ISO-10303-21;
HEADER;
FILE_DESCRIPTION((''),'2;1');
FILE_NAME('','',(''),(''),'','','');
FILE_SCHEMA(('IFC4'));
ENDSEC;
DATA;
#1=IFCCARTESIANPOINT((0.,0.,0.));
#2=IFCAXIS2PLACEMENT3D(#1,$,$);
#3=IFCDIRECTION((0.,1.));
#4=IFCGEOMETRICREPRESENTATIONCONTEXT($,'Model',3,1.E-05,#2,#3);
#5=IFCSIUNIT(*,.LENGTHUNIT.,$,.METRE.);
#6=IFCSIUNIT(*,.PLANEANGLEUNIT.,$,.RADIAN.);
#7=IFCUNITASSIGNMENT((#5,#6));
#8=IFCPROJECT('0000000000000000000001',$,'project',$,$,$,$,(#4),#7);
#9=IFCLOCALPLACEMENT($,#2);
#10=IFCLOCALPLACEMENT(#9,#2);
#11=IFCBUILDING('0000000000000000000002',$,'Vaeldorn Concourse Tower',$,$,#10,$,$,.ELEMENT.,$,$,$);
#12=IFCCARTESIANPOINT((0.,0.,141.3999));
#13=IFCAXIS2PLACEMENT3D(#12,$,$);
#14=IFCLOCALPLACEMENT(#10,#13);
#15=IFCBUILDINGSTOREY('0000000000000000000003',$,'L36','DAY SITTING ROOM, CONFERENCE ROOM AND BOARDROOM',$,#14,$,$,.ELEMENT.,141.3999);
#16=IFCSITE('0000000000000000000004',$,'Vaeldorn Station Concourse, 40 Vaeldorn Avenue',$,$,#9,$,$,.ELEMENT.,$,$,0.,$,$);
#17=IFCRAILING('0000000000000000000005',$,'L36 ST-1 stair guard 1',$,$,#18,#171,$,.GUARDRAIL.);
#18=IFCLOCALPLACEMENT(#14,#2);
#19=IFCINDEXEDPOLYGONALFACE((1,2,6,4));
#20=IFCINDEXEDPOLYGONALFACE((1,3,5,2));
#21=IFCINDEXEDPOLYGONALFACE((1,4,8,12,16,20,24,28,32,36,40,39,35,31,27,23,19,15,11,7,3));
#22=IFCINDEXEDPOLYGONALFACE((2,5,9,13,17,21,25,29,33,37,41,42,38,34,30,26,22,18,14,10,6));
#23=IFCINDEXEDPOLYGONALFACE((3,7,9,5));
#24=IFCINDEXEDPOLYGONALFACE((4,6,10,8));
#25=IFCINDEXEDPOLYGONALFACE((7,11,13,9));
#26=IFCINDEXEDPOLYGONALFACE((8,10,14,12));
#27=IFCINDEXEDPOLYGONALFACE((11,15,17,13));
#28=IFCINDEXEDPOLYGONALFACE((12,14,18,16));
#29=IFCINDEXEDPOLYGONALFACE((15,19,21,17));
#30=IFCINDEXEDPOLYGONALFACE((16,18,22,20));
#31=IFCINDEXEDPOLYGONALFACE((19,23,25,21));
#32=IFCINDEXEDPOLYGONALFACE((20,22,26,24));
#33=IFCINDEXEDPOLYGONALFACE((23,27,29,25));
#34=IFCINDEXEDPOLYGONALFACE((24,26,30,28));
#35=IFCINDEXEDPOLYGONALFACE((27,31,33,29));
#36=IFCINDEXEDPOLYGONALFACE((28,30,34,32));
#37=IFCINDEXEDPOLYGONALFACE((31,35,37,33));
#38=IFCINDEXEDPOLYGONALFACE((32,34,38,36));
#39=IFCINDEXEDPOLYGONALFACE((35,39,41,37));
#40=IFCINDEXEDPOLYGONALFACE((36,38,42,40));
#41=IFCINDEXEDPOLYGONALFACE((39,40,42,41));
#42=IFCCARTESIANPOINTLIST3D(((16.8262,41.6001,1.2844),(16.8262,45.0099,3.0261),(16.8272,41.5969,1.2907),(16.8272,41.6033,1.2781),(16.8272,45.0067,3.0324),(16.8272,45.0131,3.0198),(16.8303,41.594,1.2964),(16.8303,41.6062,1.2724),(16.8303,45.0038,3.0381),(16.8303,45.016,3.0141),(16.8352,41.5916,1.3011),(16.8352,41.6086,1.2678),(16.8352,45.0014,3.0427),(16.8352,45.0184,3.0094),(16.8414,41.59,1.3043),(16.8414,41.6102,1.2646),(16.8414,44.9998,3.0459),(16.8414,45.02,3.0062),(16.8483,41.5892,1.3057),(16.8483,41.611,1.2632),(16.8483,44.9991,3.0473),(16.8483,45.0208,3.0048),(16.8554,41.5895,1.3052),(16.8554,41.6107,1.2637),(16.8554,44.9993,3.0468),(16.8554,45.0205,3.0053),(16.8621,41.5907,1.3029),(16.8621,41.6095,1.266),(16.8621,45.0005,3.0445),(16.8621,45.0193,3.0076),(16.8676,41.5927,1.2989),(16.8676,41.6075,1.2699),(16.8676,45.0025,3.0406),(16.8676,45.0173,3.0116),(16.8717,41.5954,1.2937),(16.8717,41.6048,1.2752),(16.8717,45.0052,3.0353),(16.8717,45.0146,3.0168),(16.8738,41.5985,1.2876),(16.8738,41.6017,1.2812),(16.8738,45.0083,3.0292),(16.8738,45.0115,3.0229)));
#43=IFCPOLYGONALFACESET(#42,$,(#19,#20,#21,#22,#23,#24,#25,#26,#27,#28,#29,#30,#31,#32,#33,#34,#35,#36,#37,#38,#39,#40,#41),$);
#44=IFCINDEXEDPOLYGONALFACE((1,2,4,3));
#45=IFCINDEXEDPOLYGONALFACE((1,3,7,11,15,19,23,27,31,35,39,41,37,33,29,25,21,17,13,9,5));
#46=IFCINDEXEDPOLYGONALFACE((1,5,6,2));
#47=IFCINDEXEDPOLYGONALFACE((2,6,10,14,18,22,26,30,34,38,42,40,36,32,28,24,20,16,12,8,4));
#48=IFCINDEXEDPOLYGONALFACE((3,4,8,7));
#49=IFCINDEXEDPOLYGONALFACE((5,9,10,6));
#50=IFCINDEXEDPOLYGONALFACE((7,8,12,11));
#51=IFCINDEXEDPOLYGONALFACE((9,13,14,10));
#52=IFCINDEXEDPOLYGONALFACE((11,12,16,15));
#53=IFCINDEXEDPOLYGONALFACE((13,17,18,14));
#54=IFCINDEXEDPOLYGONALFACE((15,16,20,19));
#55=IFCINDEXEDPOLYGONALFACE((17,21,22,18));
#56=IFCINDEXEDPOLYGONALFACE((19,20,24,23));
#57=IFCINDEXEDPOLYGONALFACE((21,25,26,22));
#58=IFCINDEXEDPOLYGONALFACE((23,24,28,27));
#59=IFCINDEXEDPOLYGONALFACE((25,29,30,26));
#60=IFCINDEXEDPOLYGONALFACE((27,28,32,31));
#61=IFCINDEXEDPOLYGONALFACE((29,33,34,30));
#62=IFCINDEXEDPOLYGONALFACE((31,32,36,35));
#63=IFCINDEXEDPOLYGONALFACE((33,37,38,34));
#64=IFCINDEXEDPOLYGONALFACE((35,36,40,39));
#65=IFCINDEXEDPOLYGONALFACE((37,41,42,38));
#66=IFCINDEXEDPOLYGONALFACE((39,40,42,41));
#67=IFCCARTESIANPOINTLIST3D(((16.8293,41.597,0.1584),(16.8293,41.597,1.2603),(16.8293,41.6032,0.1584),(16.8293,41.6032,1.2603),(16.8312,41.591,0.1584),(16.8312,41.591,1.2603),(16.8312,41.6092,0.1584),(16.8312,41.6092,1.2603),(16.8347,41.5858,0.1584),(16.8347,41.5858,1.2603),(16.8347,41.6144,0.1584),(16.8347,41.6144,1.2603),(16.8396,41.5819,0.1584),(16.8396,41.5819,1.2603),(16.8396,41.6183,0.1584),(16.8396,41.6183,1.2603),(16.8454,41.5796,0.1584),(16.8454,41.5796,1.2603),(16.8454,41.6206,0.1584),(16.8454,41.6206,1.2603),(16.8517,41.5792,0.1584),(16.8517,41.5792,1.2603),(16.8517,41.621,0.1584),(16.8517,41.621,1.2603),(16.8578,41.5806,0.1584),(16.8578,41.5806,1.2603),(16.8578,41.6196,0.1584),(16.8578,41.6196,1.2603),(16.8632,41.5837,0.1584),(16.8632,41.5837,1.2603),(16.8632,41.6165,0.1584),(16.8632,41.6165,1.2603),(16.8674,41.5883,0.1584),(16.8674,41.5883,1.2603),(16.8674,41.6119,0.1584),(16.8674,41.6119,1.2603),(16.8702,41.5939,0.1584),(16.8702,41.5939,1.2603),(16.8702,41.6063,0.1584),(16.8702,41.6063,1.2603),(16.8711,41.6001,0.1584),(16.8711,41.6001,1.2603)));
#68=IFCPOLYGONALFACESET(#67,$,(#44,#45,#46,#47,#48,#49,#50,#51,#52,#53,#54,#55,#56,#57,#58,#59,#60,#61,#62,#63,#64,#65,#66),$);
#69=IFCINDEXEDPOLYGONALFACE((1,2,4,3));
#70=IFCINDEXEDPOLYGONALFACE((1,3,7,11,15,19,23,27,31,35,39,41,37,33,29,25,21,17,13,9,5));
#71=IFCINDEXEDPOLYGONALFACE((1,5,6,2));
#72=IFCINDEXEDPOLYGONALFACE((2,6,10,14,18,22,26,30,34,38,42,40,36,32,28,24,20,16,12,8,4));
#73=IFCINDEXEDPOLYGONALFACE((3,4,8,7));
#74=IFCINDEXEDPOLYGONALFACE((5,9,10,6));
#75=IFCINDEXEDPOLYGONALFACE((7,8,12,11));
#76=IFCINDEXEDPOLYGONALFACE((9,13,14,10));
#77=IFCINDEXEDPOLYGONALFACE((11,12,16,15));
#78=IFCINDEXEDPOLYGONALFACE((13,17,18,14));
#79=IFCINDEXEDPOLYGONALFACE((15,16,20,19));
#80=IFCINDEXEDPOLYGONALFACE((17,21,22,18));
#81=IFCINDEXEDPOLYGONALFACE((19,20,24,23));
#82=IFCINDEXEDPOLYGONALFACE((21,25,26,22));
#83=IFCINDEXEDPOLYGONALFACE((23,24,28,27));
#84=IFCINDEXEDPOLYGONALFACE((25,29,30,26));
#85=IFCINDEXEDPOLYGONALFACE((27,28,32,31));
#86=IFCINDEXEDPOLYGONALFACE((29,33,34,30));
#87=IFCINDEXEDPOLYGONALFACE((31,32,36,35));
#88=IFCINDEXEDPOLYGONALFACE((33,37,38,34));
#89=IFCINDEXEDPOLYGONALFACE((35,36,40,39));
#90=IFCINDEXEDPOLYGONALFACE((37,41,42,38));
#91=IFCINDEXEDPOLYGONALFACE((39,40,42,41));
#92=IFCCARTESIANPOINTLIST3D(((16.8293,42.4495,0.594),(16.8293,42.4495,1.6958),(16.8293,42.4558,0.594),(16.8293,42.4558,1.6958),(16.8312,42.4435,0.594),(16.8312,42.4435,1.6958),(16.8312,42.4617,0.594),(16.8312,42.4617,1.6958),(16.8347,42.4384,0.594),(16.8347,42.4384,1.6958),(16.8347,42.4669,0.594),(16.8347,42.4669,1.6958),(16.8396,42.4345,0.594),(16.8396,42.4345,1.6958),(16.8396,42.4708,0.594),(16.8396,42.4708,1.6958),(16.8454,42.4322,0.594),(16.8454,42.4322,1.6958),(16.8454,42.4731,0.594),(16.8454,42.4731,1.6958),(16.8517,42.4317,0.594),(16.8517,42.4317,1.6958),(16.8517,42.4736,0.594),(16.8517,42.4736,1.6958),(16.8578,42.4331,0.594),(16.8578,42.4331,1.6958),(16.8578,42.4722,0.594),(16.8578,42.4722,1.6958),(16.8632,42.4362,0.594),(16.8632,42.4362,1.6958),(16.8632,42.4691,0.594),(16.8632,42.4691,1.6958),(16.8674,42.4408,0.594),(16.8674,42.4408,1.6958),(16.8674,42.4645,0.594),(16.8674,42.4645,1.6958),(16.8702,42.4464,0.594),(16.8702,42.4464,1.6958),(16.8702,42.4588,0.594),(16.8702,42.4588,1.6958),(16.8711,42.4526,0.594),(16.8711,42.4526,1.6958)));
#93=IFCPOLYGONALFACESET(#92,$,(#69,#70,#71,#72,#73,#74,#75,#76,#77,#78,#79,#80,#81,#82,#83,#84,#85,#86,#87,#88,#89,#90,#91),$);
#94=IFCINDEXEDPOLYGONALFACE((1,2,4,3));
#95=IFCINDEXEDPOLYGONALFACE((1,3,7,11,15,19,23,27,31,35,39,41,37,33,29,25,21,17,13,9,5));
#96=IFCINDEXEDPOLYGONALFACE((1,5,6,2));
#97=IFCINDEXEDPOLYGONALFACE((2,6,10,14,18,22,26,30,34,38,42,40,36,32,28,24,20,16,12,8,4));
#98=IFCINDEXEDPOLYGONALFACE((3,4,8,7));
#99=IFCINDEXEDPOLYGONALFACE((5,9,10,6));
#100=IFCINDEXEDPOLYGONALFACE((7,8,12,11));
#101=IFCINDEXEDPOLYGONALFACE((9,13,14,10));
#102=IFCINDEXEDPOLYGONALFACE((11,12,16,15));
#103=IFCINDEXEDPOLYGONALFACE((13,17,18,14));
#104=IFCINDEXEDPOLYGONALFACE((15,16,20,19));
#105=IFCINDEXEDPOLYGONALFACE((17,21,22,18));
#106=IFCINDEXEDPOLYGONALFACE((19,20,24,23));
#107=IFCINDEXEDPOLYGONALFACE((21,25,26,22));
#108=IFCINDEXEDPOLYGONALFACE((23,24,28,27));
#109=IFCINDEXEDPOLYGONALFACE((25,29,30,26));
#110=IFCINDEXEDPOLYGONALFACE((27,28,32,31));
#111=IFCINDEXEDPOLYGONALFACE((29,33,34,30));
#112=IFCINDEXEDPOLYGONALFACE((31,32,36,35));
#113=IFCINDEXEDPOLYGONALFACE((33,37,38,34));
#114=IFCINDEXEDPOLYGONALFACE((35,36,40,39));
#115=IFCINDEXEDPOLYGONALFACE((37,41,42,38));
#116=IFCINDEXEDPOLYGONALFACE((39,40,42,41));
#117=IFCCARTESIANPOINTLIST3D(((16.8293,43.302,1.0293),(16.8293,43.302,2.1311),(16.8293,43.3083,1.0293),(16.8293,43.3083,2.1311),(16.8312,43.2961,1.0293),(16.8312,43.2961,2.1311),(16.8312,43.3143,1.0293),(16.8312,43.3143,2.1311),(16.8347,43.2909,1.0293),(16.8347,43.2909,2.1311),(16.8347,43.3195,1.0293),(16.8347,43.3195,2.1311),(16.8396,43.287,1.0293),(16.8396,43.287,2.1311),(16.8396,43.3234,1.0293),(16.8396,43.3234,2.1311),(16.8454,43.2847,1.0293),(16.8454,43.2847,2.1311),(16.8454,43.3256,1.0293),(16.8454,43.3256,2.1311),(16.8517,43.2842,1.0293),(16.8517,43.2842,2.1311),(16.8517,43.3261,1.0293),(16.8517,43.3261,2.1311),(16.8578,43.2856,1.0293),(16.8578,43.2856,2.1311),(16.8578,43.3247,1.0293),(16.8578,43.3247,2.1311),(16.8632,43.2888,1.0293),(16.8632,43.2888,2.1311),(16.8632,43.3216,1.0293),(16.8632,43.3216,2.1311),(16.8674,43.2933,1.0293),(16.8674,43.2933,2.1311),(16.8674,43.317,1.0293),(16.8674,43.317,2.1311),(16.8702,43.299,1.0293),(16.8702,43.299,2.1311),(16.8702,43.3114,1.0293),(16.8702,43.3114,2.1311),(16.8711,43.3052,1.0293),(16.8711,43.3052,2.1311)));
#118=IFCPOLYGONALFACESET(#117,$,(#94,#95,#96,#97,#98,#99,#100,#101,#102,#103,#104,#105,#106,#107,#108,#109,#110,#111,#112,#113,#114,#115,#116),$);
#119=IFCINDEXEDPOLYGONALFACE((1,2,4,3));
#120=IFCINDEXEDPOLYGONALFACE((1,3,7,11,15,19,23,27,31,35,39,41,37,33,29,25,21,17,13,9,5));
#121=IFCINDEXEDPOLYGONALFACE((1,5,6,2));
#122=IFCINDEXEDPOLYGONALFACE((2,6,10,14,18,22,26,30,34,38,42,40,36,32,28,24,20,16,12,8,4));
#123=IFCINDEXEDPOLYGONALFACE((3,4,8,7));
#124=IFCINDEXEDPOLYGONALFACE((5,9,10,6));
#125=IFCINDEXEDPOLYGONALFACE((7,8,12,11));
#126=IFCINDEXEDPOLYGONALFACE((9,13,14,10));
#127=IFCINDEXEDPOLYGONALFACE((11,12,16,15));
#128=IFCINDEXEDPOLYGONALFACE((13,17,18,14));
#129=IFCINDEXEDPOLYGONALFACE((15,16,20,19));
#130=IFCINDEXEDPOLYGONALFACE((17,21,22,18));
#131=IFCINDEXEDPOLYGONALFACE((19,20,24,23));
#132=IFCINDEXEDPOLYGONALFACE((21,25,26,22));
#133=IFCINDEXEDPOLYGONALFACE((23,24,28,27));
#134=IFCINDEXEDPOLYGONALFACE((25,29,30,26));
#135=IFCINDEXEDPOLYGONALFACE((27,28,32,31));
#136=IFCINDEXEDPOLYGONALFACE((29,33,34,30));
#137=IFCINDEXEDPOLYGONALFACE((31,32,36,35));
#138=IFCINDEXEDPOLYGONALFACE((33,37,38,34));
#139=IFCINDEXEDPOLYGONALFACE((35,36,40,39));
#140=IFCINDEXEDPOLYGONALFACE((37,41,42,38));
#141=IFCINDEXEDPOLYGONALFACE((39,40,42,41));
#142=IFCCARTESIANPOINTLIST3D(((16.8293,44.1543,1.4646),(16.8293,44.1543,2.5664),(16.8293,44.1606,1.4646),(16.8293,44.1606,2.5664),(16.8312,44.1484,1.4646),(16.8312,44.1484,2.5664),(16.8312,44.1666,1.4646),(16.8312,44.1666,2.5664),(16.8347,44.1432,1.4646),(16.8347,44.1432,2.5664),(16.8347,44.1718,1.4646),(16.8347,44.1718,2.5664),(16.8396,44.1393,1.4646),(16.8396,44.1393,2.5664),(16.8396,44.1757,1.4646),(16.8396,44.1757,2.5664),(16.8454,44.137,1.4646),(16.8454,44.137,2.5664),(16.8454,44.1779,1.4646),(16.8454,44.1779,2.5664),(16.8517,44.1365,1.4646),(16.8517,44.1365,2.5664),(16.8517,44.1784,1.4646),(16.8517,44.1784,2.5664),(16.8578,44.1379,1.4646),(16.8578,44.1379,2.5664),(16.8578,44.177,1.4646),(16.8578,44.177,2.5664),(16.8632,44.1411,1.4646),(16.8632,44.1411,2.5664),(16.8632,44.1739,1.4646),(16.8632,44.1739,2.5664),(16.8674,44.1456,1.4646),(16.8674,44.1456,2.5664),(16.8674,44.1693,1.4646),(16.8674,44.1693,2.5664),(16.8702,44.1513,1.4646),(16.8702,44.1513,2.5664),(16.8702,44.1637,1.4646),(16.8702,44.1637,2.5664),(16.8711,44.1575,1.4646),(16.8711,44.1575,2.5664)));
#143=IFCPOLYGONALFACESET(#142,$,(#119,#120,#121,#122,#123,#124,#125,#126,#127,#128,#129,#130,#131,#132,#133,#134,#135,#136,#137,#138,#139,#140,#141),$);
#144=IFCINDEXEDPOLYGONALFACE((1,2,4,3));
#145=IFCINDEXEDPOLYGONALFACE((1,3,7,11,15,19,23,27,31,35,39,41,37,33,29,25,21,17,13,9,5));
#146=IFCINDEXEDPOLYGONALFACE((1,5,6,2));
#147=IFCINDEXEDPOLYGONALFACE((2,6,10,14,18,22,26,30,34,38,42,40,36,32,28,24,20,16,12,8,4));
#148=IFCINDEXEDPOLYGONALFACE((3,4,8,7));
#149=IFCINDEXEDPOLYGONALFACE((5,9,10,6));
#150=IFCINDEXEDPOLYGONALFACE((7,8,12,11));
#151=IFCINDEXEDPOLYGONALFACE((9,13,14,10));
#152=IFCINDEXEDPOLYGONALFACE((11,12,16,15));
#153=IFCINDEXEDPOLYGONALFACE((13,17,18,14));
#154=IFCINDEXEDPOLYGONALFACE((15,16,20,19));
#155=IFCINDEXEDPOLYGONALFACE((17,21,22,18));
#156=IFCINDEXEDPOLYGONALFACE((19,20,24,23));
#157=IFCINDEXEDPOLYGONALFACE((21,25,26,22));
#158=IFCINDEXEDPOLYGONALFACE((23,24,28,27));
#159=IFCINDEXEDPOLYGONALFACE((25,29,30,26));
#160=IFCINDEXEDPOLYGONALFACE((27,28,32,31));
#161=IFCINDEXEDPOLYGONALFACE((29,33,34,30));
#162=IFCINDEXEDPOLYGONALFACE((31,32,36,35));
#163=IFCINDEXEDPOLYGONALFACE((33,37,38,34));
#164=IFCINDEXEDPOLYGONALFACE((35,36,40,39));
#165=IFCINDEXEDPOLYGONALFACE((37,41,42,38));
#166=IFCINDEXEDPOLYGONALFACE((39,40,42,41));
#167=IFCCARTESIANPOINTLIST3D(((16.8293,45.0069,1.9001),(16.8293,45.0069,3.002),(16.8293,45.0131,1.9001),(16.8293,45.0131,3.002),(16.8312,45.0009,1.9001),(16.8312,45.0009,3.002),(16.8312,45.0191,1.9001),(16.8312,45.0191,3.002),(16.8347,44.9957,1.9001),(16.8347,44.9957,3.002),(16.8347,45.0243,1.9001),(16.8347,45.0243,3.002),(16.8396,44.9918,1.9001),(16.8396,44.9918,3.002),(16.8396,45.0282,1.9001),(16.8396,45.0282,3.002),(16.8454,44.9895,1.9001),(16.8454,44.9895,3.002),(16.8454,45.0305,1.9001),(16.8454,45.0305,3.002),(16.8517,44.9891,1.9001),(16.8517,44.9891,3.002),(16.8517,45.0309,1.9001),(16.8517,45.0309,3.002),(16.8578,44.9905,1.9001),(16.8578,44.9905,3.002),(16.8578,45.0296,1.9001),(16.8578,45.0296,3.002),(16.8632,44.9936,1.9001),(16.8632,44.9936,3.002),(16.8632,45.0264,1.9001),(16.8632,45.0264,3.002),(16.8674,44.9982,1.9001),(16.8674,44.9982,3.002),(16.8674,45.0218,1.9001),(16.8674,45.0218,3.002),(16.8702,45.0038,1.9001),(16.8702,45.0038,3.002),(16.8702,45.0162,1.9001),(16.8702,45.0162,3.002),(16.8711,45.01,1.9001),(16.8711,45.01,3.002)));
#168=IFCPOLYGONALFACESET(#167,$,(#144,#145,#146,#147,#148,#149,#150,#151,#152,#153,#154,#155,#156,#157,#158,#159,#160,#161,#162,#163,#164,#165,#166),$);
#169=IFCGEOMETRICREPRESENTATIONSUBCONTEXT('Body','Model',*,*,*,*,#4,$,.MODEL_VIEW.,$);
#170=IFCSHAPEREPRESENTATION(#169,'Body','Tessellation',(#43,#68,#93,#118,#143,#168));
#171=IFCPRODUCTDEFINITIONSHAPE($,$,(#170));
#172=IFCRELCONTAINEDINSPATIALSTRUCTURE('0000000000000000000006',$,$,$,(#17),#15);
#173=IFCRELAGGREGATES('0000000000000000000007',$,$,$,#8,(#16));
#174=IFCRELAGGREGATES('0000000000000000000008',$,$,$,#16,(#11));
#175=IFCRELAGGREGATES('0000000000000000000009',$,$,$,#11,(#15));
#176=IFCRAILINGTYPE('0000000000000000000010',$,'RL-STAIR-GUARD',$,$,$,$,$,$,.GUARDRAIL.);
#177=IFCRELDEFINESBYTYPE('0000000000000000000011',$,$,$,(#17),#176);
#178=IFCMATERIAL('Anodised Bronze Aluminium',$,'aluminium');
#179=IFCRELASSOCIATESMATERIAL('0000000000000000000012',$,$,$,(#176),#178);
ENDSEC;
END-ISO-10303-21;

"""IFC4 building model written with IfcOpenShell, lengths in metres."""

from ifc_helpers import new_model, si_unit, direction, frame, origin, origin_2d, place, context, subcontext, project, spatial, circle, extrude, material, type_object, element, save


model = new_model("IFC4")

# Units and contexts
model_context = context("Model", 3, precision=1e-05, world=origin(), true_north=direction((0.0, 1.0)))
body_context = subcontext(model_context, "Body", "Model", "MODEL_VIEW")
ifc_project = project(units=[si_unit("LENGTHUNIT", "METRE"), si_unit("PLANEANGLEUNIT", "RADIAN")], contexts=[model_context])

# Site, building, storey
site_placement = place(None, origin())
site = spatial("IfcSite", under=ifc_project, at=site_placement, Name="Vaeldorn Station Concourse, 40 Vaeldorn Avenue", CompositionType="ELEMENT", RefElevation=0.0)
building_placement = place(site_placement, origin())
building = spatial("IfcBuilding", under=site, at=building_placement, Name="Vaeldorn Concourse Tower", CompositionType="ELEMENT")
storey_placement = place(building_placement, frame((0.0, 0.0, 141.3999)))
storey = spatial("IfcBuildingStorey", under=building, at=storey_placement, Name="L36", Description="DAY SITTING ROOM, CONFERENCE ROOM AND BOARDROOM", CompositionType="ELEMENT", Elevation=141.3999)

# Shared definitions
ifc_material_1 = material(Name="Anodised Bronze Aluminium", Category="aluminium")

# Railing
railing_type_1 = type_object("IfcRailingType", Name="RL-STAIR-GUARD", PredefinedType="GUARDRAIL", material=ifc_material_1)
railing_1_placement = place(storey_placement, frame((16.8501, 41.6001, 0.1584)))
element("IfcRailing", 1, at=railing_1_placement, inside=storey, type_object=railing_type_1, Name="L36 ST-1 stair guard 1", PredefinedType="GUARDRAIL", context=body_context, shape_type="SweptSolid", body=[
    extrude(circle(Radius=0.0239, at=origin_2d()), frame((0.0, 0.0, 1.126), z_axis=(0.0, 0.890556, 0.454874), x_axis=(-1.0, 0.0, 0.0)), (0.0, 0.0, 1.0), 3.8289),
    extrude(circle(Radius=0.021, at=origin_2d()), origin(), (0.0, 0.0, 1.0), 1.1018),
    extrude(circle(Radius=0.021, at=origin_2d()), frame((0.0, 0.8525, 0.4355)), (0.0, 0.0, 1.0), 1.1018),
    extrude(circle(Radius=0.021, at=origin_2d()), frame((0.0, 1.7051, 0.8708)), (0.0, 0.0, 1.0), 1.1018),
    extrude(circle(Radius=0.021, at=origin_2d()), frame((0.0, 2.5574, 1.3062)), (0.0, 0.0, 1.0), 1.1018),
    extrude(circle(Radius=0.021, at=origin_2d()), frame((0.0, 3.4099, 1.7417)), (0.0, 0.0, 1.0), 1.1018),
])

save(model, "model.ifc")
